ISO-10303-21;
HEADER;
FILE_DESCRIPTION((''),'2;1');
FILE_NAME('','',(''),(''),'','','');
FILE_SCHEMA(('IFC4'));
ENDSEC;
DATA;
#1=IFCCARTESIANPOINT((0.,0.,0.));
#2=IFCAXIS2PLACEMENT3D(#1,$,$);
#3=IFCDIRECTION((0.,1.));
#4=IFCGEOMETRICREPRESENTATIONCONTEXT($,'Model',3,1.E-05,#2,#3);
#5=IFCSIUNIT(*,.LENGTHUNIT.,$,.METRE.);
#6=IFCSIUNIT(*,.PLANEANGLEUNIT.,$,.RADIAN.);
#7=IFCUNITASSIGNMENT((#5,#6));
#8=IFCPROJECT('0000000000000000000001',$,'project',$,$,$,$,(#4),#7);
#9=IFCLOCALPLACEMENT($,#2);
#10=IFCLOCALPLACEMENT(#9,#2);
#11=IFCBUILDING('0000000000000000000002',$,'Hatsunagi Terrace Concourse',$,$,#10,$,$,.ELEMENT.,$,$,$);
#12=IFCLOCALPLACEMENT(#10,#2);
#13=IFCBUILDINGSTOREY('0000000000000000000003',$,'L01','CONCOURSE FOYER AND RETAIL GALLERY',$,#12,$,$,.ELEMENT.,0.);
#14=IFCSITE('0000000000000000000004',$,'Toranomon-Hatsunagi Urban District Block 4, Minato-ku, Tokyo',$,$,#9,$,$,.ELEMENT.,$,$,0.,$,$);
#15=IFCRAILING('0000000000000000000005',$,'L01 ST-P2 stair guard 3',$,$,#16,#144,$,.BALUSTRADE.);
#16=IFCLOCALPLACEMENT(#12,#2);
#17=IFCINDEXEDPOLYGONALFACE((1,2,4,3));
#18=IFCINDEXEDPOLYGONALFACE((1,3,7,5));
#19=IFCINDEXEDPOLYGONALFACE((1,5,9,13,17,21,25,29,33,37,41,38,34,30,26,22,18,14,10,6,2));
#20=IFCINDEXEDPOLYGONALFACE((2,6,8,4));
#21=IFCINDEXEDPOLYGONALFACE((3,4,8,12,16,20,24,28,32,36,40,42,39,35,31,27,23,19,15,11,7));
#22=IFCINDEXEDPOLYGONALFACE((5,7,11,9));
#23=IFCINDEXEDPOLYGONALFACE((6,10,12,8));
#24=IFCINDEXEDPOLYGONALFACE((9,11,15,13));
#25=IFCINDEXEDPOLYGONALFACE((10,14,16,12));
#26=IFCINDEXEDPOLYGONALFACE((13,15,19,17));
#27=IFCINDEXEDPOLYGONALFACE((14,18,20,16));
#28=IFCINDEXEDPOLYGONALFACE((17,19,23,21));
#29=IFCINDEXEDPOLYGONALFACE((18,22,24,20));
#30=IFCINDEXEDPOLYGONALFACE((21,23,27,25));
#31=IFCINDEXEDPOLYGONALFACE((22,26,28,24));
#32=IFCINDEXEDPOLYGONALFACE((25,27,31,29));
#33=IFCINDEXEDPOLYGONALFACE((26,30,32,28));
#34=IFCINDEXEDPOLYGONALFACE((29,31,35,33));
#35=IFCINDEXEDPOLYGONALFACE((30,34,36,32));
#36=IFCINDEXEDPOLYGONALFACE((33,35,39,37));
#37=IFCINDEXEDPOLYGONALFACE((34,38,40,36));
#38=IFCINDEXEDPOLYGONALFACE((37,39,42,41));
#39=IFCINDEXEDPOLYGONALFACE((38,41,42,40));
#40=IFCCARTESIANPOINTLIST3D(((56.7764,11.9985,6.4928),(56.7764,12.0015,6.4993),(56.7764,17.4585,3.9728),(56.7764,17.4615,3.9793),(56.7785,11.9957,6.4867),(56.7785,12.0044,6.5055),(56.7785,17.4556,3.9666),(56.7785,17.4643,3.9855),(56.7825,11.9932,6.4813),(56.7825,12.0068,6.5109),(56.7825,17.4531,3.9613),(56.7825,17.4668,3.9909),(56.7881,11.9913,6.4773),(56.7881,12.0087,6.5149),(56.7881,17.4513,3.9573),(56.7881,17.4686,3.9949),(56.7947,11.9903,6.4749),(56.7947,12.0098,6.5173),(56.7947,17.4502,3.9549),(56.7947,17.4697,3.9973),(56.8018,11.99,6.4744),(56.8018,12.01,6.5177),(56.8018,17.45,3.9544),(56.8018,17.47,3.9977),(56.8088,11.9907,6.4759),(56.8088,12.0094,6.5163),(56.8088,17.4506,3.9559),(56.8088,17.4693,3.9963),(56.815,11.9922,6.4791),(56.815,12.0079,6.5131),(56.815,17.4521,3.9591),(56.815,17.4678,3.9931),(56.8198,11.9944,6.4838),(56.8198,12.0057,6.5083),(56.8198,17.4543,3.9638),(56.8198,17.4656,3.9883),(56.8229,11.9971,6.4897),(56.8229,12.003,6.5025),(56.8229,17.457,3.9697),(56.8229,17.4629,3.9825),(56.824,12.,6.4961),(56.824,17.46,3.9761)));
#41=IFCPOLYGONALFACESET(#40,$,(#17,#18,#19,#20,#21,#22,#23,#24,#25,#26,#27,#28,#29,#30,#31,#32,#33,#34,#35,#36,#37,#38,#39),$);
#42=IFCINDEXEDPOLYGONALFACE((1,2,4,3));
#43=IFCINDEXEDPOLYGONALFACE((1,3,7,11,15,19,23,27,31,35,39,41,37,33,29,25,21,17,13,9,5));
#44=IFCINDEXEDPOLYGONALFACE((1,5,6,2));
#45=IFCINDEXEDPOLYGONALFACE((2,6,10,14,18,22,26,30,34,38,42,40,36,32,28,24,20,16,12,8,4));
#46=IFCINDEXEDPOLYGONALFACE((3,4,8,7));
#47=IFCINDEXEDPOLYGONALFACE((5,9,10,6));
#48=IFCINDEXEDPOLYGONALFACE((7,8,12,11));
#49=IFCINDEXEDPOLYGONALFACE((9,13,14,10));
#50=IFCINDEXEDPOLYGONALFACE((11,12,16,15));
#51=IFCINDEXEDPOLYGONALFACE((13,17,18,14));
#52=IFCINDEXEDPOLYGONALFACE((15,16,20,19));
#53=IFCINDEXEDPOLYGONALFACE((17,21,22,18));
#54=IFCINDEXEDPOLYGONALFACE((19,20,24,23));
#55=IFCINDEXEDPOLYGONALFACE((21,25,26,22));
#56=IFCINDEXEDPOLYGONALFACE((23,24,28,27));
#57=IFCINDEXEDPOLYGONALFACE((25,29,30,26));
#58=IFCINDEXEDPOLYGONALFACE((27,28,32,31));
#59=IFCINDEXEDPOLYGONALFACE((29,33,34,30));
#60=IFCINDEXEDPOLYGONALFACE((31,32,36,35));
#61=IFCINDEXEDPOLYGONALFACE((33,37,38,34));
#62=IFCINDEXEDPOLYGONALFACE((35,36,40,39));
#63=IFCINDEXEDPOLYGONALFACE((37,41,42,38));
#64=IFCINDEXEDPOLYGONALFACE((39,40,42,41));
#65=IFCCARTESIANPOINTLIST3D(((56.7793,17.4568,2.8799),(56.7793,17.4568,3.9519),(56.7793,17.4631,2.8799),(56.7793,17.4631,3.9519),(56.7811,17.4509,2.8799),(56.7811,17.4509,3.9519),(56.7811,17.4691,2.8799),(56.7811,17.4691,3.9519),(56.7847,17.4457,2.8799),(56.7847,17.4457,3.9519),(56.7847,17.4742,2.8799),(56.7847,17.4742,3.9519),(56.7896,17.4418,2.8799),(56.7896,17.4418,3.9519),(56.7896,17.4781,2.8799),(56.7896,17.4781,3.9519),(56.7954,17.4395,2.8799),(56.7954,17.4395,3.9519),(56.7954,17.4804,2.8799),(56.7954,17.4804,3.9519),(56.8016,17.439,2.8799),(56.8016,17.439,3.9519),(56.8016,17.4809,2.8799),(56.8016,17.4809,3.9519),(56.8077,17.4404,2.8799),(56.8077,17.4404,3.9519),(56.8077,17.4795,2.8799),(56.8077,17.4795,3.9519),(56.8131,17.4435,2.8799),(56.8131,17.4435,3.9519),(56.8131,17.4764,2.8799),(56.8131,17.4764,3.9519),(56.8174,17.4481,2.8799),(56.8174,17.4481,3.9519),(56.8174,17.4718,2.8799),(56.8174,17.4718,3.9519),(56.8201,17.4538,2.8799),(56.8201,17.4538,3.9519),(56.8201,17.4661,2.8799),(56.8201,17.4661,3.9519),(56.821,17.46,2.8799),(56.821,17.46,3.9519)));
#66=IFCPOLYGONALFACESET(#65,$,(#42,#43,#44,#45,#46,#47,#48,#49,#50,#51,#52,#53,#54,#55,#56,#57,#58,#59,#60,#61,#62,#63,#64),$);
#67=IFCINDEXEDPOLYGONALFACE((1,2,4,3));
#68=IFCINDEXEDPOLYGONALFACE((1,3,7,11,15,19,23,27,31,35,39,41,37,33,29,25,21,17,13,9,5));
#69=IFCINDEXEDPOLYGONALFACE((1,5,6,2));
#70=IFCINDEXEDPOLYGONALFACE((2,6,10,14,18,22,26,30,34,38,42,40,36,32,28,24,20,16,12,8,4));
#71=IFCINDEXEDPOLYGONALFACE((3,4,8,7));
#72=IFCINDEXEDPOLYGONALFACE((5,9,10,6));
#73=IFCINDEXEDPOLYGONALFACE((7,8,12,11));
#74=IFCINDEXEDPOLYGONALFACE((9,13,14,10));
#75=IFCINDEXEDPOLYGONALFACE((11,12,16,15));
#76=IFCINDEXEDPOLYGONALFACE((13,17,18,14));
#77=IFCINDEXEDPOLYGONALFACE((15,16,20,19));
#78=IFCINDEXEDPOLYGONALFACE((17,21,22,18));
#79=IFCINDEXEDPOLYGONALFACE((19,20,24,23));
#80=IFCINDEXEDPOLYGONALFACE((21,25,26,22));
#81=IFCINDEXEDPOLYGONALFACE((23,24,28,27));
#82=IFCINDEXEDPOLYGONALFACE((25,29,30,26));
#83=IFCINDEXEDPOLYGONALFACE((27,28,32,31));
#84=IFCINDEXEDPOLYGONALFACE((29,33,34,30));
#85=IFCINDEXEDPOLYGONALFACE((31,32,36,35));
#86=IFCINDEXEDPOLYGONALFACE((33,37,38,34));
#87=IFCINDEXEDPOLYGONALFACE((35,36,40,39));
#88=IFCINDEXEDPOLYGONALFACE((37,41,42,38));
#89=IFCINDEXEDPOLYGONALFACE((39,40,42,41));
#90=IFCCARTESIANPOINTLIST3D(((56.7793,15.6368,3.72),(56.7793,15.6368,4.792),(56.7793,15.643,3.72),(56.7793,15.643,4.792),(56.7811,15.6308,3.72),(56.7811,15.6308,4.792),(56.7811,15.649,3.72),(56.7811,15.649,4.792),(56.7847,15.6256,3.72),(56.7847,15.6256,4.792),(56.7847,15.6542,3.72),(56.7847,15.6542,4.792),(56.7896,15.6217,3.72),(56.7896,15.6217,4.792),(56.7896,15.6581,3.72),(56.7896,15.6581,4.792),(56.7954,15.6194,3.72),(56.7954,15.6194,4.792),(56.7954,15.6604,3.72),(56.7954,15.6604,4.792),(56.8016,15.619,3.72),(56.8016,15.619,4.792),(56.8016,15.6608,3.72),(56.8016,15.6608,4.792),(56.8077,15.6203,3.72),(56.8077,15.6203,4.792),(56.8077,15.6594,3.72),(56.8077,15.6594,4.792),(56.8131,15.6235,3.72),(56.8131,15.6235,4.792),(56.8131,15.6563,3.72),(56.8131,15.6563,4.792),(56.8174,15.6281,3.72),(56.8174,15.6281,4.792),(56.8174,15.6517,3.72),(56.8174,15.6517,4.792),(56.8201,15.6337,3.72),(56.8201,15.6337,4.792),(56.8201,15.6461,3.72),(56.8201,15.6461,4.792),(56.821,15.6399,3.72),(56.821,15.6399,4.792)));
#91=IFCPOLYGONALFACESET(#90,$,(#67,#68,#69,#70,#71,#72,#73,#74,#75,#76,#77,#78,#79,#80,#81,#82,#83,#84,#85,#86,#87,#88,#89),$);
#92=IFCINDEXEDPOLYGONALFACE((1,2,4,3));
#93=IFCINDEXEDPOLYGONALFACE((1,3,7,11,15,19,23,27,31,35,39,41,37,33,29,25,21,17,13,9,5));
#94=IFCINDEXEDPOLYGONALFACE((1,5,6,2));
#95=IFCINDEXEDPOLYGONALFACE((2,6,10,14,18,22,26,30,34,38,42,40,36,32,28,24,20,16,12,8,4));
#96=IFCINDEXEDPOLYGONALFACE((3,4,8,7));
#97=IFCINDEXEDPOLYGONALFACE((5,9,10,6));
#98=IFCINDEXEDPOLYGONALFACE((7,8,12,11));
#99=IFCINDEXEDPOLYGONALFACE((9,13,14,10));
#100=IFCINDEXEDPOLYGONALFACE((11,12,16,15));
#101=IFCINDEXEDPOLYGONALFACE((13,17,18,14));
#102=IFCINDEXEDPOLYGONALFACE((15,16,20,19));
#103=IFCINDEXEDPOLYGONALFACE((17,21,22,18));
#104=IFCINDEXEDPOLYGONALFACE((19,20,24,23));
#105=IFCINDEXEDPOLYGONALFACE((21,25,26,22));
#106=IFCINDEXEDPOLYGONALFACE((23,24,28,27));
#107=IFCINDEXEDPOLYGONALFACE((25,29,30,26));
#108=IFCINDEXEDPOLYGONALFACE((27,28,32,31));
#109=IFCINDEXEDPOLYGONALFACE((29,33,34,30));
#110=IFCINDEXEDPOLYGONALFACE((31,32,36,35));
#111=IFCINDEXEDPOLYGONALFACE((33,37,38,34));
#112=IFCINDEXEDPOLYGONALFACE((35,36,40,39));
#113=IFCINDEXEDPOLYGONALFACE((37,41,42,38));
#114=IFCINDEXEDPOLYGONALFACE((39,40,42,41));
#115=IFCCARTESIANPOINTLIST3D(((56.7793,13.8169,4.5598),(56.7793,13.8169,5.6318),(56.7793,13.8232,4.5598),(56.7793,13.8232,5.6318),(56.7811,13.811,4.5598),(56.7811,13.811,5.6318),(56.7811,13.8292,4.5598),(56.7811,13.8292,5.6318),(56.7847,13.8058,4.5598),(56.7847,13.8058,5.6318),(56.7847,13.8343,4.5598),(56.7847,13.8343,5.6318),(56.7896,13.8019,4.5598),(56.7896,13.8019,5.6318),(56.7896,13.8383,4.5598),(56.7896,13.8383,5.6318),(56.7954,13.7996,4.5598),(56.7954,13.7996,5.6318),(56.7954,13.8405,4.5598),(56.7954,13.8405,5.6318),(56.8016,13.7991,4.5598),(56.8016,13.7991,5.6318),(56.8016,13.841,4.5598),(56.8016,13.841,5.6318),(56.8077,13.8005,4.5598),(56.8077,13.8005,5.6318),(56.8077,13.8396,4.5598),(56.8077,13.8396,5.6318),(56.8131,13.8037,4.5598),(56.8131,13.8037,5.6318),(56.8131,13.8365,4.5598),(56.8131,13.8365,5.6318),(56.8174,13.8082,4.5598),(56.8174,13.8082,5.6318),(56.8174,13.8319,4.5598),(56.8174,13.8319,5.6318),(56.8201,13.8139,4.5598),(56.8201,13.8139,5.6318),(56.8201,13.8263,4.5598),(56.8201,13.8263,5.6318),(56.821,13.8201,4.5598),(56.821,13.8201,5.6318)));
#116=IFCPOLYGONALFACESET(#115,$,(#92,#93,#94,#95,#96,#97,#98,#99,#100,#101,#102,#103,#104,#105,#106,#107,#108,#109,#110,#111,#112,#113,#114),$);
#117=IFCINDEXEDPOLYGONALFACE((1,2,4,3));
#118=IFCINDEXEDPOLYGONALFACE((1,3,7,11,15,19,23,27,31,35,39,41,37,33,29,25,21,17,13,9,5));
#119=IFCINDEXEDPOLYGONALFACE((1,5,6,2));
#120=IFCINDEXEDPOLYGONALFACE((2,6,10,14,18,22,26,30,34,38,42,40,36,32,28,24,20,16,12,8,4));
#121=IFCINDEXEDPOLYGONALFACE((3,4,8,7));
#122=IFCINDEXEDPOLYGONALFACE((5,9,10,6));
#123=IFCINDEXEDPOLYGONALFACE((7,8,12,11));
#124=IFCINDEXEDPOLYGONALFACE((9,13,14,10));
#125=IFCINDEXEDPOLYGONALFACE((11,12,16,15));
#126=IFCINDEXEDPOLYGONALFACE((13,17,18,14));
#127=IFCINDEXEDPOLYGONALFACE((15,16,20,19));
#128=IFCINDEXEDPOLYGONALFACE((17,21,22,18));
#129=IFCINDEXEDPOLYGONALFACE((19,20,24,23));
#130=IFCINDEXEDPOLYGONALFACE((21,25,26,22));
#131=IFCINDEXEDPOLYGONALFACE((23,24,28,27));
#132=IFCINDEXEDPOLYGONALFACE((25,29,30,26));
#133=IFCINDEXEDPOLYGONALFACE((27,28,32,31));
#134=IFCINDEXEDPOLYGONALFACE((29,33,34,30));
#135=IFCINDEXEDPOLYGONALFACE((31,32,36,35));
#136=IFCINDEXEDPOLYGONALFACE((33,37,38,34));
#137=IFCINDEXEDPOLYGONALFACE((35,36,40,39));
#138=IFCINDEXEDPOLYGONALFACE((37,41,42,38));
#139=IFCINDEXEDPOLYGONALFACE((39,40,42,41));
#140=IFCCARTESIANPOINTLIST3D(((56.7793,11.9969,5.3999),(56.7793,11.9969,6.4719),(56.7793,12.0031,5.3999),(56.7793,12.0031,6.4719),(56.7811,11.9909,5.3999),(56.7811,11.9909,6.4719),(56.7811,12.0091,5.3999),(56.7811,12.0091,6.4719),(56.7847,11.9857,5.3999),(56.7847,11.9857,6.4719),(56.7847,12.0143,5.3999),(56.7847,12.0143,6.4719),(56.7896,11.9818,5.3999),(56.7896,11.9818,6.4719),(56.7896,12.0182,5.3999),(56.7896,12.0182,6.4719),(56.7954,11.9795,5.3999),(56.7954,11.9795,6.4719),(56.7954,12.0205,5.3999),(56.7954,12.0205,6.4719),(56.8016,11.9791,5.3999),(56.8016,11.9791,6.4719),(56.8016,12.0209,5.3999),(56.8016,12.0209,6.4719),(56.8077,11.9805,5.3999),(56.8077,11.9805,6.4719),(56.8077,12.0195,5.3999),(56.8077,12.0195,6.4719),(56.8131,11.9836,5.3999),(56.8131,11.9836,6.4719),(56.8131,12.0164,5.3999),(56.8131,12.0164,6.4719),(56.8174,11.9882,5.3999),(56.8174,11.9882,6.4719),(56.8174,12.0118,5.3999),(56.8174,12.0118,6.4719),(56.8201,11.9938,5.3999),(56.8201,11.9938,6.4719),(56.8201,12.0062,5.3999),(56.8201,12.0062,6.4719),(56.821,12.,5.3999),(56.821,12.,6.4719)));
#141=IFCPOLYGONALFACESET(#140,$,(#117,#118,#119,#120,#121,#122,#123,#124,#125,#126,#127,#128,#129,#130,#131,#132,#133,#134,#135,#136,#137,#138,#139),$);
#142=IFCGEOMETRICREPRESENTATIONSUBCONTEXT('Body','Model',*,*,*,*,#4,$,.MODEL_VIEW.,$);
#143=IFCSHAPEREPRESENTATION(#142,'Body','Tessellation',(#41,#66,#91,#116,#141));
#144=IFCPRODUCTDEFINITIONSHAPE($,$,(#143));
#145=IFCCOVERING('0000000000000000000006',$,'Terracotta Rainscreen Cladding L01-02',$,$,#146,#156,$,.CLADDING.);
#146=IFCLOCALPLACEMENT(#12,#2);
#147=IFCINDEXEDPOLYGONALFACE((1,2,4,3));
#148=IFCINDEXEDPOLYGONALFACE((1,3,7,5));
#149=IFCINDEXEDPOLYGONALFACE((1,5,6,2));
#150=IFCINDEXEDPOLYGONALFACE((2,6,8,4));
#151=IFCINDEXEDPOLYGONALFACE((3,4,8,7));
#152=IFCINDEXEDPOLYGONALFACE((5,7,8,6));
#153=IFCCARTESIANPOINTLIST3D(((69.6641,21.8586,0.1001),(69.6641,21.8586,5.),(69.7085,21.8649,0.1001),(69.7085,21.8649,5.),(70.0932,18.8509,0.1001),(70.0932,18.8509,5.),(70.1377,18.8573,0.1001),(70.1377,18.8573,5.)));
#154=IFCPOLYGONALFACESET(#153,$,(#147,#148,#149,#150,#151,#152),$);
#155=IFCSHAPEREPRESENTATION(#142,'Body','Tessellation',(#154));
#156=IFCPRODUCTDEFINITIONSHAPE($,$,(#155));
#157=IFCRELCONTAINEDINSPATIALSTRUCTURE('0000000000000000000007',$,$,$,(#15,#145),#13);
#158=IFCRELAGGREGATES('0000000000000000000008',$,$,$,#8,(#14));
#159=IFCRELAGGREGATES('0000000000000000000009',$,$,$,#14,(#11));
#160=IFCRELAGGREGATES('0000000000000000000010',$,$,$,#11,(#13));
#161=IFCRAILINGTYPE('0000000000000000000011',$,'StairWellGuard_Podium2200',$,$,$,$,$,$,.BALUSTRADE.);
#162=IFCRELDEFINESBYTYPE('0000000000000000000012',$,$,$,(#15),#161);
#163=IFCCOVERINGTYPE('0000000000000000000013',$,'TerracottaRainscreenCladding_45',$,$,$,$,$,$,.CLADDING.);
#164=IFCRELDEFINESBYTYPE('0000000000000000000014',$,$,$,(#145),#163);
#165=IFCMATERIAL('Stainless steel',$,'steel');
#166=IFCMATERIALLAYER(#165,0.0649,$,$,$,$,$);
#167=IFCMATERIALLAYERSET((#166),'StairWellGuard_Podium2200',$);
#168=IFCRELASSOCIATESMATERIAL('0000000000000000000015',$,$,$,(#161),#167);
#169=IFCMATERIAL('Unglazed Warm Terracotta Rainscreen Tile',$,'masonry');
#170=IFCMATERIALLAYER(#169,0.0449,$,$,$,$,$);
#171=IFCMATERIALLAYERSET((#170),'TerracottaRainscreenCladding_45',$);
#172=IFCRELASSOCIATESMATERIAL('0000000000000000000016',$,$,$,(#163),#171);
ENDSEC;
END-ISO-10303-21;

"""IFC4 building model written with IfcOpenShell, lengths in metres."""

from ifc_helpers import new_model, si_unit, direction, frame, origin, origin_2d, place, context, subcontext, project, spatial, rectangle, circle, extrude, material, layer, layer_set, type_object, element, save


model = new_model("IFC4")

# Units and contexts
model_context = context("Model", 3, precision=1e-05, world=origin(), true_north=direction((0.0, 1.0)))
body_context = subcontext(model_context, "Body", "Model", "MODEL_VIEW")
ifc_project = project(units=[si_unit("LENGTHUNIT", "METRE"), si_unit("PLANEANGLEUNIT", "RADIAN")], contexts=[model_context])

# Site, building, storey
site_placement = place(None, origin())
site = spatial("IfcSite", under=ifc_project, at=site_placement, Name="Toranomon-Hatsunagi Urban District Block 4, Minato-ku, Tokyo", CompositionType="ELEMENT", RefElevation=0.0)
building_placement = place(site_placement, origin())
building = spatial("IfcBuilding", under=site, at=building_placement, Name="Hatsunagi Terrace Concourse", CompositionType="ELEMENT")
storey_placement = place(building_placement, origin())
storey = spatial("IfcBuildingStorey", under=building, at=storey_placement, Name="L01", Description="CONCOURSE FOYER AND RETAIL GALLERY", CompositionType="ELEMENT", Elevation=0.0)

# Railing
ifc_material_1 = material(Name="Stainless steel", Category="steel")
ifc_layer_1 = layer(ifc_material_1, 0.0649)
ifc_layer_set_1 = layer_set([ifc_layer_1], Name="StairWellGuard_Podium2200")
railing_type_1 = type_object("IfcRailingType", Name="StairWellGuard_Podium2200", PredefinedType="BALUSTRADE", material=ifc_layer_set_1)
railing_1_placement = place(storey_placement, frame((56.8, 17.46, 2.8799)))
element("IfcRailing", 1, at=railing_1_placement, inside=storey, type_object=railing_type_1, Name="L01 ST-P2 stair guard 3", PredefinedType="BALUSTRADE", context=body_context, shape_type="SweptSolid", body=[
    extrude(circle(Radius=0.0239, at=origin_2d()), frame((0.0, 0.0, 1.0962), z_axis=(0.0, -0.907957, 0.419063), x_axis=(1.0, 0.0, 0.0)), (0.0, 0.0, 1.0), 6.0134),
    extrude(circle(Radius=0.021, at=origin_2d()), origin(), (0.0, 0.0, 1.0), 1.072),
    extrude(circle(Radius=0.021, at=origin_2d()), frame((0.0, -1.8201, 0.8401)), (0.0, 0.0, 1.0), 1.072),
    extrude(circle(Radius=0.021, at=origin_2d()), frame((0.0, -3.6399, 1.6799)), (0.0, 0.0, 1.0), 1.072),
    extrude(circle(Radius=0.021, at=origin_2d()), frame((0.0, -5.46, 2.52)), (0.0, 0.0, 1.0), 1.072),
])

# Covering
ifc_material_2 = material(Name="Unglazed Warm Terracotta Rainscreen Tile", Category="masonry")
ifc_layer_2 = layer(ifc_material_2, 0.0449)
ifc_layer_set_2 = layer_set([ifc_layer_2], Name="TerracottaRainscreenCladding_45")
covering_type = type_object("IfcCoveringType", Name="TerracottaRainscreenCladding_45", PredefinedType="CLADDING", material=ifc_layer_set_2)
covering_placement = place(storey_placement, frame((69.9009, 20.3579, 0.1001), z_axis=(0.0, 0.0, 1.0), x_axis=(0.14125, -0.989974, 0.0)))
element("IfcCovering", 2, at=covering_placement, inside=storey, type_object=covering_type, Name="Terracotta Rainscreen Cladding L01-02", PredefinedType="CLADDING", context=body_context, shape_type="SweptSolid", body=[
    extrude(rectangle(XDim=3.0381, YDim=0.0449, at=origin_2d()), origin(), (0.0, 0.0, 1.0), 4.8999),
])

save(model, "model.ifc")
